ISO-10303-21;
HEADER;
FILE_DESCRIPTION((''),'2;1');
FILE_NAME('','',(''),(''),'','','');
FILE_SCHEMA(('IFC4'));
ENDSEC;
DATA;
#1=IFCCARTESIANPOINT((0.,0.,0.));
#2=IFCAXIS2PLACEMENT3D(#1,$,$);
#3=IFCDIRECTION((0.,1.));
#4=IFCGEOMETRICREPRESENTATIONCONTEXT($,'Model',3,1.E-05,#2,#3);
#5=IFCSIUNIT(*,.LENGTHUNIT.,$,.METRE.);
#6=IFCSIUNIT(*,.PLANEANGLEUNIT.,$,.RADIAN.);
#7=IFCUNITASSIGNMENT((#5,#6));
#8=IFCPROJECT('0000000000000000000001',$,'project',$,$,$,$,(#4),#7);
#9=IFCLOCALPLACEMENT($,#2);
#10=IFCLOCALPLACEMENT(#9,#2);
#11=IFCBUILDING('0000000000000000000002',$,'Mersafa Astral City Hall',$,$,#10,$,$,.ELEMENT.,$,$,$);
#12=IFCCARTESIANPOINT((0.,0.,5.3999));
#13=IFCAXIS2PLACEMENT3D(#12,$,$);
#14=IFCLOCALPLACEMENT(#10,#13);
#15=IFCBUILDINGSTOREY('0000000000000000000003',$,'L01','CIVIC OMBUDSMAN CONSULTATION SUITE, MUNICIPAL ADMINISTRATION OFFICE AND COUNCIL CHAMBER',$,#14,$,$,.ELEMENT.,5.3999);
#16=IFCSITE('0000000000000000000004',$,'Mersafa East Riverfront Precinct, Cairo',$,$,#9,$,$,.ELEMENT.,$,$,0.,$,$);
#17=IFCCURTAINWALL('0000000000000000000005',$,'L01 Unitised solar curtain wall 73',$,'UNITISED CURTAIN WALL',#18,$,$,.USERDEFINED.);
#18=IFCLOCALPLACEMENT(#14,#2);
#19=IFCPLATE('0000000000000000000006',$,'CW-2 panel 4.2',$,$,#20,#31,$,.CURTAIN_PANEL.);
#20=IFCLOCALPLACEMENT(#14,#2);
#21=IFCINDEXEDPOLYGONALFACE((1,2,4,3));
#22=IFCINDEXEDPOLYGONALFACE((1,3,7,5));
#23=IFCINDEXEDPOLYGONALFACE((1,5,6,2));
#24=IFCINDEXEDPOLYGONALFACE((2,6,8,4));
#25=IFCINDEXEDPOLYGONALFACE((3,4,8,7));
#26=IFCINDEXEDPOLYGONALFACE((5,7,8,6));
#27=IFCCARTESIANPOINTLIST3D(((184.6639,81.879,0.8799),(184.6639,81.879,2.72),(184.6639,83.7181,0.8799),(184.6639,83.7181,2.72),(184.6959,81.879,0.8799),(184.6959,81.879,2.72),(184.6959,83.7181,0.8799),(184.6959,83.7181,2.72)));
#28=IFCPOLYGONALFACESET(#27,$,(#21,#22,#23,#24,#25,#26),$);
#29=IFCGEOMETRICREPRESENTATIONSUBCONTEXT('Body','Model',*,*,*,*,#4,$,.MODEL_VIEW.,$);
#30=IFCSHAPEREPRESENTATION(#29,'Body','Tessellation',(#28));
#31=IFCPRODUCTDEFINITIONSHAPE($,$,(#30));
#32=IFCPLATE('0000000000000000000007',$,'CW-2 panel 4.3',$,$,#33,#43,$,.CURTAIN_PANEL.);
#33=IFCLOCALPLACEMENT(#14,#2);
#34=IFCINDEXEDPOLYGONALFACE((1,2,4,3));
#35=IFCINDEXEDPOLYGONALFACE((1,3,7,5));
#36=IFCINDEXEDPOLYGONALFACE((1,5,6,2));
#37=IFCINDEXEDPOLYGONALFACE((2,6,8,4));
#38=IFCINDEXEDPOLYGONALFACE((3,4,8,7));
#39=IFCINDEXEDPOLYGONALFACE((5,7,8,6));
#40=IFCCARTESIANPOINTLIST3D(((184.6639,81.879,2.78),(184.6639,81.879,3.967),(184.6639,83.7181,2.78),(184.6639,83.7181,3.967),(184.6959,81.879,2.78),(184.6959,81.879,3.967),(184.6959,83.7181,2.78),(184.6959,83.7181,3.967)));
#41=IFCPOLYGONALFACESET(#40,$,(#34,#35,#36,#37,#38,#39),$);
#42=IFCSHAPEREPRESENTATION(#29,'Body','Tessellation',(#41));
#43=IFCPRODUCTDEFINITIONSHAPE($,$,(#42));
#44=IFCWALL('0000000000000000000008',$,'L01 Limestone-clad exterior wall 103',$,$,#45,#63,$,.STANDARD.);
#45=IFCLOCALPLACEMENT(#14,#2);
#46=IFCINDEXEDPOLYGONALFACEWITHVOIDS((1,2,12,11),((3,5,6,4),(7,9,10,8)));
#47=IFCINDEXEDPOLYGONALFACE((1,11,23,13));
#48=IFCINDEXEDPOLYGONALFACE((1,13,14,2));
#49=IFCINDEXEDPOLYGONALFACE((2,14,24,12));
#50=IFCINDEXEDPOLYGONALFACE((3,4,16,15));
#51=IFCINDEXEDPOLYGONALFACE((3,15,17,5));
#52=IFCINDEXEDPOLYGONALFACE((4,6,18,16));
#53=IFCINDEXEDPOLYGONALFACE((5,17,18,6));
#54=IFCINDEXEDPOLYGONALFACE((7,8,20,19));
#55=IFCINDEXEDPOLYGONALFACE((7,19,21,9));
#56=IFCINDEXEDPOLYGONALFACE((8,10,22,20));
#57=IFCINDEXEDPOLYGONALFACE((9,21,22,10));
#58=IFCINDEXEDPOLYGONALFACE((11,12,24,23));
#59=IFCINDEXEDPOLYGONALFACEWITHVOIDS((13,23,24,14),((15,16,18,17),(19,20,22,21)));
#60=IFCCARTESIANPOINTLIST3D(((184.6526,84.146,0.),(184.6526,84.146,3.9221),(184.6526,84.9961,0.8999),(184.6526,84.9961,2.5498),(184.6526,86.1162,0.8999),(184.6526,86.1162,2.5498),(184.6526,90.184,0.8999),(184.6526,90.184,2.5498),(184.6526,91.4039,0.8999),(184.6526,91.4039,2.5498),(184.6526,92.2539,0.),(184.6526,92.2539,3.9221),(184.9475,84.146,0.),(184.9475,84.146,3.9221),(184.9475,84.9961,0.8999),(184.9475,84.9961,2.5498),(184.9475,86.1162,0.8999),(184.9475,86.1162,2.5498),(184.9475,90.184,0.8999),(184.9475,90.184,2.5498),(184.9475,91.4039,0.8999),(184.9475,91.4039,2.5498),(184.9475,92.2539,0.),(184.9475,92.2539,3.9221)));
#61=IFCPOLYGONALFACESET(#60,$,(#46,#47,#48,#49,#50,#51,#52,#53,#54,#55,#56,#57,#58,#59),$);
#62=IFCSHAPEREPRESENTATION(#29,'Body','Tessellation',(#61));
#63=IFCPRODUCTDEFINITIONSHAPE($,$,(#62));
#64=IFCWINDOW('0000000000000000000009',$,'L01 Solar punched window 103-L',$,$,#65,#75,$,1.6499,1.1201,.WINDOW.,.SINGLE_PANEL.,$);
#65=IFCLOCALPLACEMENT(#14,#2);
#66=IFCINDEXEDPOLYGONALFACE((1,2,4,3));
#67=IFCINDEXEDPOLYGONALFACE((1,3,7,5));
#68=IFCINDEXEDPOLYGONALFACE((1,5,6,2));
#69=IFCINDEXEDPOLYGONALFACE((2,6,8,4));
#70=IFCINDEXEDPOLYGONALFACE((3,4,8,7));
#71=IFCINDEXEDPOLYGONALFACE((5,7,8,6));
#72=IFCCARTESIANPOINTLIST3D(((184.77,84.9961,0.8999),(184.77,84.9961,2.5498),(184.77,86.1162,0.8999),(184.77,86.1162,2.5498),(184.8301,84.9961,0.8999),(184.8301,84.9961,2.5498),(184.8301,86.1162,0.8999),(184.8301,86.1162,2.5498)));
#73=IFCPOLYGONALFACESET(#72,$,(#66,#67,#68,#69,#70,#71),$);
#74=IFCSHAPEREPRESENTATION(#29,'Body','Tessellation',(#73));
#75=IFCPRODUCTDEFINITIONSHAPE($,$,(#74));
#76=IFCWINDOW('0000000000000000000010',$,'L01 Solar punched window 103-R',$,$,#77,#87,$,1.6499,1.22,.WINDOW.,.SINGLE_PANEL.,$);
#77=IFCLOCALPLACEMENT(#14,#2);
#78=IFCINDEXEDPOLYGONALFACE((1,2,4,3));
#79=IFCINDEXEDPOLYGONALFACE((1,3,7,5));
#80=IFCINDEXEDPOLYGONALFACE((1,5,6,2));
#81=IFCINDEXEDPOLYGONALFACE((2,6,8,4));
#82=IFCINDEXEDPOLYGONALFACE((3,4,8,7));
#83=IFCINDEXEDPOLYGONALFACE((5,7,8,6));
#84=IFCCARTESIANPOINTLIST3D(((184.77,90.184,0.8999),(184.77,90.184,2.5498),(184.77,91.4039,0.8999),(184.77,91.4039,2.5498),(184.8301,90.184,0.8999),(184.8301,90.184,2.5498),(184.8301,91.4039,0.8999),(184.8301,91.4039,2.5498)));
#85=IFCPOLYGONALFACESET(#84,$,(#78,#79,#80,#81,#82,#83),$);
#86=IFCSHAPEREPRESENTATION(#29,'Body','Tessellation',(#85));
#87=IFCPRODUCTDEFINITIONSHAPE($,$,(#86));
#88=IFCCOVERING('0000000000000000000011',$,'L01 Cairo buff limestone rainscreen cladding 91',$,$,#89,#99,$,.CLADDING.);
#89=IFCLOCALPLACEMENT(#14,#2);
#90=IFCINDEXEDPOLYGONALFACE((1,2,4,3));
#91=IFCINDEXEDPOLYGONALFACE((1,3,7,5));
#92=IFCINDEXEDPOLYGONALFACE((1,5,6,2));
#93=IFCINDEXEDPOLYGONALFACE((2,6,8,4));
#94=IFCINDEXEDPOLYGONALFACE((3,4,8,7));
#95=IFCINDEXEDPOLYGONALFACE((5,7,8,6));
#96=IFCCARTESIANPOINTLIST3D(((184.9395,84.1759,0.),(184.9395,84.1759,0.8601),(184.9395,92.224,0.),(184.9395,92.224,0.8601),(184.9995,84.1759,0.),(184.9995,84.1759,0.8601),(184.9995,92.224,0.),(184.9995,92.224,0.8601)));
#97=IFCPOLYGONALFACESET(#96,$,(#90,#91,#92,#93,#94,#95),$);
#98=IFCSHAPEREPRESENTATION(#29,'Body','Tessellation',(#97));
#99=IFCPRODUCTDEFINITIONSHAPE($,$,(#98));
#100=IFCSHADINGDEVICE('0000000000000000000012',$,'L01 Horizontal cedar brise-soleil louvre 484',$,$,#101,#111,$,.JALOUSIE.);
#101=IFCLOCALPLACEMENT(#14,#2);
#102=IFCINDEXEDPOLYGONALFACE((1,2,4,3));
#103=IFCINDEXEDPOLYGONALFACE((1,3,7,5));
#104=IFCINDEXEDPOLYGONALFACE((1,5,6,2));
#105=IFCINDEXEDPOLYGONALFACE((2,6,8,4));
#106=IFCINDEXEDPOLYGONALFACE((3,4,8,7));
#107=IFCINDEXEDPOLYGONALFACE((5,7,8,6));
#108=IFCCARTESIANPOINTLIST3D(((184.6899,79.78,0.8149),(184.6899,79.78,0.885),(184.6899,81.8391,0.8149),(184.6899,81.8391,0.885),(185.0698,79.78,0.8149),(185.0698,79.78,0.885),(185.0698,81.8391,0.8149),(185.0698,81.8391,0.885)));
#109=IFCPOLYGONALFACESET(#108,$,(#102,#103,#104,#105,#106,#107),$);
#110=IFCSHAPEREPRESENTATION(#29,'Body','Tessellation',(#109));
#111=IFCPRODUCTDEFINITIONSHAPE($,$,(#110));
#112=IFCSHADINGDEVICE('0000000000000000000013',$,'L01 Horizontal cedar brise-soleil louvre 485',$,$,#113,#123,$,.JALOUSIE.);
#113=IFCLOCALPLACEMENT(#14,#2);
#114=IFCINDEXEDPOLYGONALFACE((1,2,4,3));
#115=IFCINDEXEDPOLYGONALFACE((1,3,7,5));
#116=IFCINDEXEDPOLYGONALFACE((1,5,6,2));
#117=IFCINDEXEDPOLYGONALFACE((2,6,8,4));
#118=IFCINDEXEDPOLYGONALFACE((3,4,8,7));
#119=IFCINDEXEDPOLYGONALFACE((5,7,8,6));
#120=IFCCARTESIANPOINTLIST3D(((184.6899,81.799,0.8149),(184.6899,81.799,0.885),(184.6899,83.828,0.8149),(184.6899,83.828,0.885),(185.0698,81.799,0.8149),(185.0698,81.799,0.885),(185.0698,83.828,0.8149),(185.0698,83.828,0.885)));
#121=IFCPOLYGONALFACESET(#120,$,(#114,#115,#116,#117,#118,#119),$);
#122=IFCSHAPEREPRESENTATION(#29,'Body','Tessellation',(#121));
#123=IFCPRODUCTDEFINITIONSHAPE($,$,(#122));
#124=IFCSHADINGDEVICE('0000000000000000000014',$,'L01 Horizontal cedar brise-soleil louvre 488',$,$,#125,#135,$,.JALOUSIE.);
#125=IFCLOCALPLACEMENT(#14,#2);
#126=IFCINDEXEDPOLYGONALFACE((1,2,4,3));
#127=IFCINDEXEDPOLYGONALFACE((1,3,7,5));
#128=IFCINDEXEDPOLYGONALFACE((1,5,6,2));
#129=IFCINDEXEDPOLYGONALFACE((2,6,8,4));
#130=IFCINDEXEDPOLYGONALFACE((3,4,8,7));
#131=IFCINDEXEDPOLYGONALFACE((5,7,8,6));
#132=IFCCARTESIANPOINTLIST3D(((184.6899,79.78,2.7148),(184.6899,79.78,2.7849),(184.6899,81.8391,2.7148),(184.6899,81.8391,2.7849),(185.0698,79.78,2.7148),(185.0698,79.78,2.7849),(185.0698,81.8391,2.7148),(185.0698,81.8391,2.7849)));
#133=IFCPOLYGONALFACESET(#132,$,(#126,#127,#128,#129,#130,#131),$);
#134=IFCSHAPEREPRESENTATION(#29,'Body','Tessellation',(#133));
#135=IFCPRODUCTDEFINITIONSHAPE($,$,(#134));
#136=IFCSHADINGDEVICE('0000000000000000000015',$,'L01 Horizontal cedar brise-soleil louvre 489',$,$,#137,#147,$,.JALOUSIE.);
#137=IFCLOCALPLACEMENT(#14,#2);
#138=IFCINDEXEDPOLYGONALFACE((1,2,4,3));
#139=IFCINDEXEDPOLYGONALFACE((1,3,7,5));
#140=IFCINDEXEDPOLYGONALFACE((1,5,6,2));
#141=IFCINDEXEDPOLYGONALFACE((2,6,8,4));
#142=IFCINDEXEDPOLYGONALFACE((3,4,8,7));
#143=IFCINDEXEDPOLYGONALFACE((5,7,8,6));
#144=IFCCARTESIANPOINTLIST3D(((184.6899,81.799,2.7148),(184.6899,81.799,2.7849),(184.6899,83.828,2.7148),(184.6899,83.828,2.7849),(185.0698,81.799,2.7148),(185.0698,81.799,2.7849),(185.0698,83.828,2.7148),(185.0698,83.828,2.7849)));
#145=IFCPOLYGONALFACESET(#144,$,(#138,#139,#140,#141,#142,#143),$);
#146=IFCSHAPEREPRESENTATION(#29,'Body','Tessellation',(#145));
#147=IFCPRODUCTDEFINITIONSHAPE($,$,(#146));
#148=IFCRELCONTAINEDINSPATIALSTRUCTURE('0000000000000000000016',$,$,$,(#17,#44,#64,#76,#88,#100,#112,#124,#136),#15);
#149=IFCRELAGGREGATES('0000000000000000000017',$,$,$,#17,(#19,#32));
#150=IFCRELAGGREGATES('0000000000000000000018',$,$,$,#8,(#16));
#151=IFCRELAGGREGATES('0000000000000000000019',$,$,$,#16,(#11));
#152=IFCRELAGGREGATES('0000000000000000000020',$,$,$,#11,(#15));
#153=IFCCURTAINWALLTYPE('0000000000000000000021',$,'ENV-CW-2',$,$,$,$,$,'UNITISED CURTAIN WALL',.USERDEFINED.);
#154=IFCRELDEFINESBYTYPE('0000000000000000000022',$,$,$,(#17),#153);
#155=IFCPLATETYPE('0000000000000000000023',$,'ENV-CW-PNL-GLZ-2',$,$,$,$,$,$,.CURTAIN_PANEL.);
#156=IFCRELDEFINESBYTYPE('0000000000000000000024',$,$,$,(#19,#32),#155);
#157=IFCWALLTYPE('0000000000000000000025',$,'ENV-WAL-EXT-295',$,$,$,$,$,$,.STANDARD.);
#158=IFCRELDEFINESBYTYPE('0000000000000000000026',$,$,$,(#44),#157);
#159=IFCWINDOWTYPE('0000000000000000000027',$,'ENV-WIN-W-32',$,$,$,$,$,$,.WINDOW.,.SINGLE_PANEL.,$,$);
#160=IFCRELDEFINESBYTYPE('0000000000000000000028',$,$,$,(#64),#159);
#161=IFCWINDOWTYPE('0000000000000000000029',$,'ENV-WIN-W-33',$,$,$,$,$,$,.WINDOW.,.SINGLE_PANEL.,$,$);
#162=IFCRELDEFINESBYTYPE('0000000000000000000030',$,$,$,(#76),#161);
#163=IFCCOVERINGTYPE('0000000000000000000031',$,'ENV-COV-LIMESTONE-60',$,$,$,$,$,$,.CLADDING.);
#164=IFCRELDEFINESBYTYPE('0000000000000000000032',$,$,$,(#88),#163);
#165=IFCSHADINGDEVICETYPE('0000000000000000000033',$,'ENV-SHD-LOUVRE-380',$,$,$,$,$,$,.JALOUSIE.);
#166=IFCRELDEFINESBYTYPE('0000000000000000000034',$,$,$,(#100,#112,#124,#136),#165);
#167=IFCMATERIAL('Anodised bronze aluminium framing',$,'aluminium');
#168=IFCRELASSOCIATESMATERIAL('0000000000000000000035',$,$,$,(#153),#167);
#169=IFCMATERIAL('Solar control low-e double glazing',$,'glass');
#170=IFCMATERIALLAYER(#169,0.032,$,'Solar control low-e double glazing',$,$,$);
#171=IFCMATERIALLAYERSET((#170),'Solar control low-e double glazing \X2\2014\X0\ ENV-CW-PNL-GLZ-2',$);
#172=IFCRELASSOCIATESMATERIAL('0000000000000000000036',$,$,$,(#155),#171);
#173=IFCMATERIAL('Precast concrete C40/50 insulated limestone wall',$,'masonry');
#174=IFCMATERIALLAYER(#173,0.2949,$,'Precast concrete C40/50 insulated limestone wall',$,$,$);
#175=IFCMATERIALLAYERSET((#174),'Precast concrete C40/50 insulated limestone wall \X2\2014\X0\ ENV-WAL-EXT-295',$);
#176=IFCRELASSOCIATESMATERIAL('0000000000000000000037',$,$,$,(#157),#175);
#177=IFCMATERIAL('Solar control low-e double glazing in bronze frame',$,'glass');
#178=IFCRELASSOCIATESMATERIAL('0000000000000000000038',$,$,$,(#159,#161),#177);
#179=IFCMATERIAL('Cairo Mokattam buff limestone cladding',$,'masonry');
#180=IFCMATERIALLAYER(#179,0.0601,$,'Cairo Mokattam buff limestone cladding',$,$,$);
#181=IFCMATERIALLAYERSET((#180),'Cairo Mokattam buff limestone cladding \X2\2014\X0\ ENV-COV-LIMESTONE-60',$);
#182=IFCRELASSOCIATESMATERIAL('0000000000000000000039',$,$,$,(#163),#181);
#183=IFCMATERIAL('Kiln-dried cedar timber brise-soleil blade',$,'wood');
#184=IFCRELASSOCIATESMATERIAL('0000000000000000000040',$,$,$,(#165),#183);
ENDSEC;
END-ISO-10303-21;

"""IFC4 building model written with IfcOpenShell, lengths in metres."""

from ifc_helpers import new_model, si_unit, direction, frame, frame_2d, origin, origin_2d, place, context, subcontext, project, spatial, rectangle, extrude, material, layer, layer_set, type_object, element, fill, aggregate, save


model = new_model("IFC4")

# Units and contexts
model_context = context("Model", 3, precision=1e-05, world=origin(), true_north=direction((0.0, 1.0)))
body_context = subcontext(model_context, "Body", "Model", "MODEL_VIEW")
ifc_project = project(units=[si_unit("LENGTHUNIT", "METRE"), si_unit("PLANEANGLEUNIT", "RADIAN")], contexts=[model_context])

# Site, building, storey
site_placement = place(None, origin())
site = spatial("IfcSite", under=ifc_project, at=site_placement, Name="Mersafa East Riverfront Precinct, Cairo", CompositionType="ELEMENT", RefElevation=0.0)
building_placement = place(site_placement, origin())
building = spatial("IfcBuilding", under=site, at=building_placement, Name="Mersafa Astral City Hall", CompositionType="ELEMENT")
storey_placement = place(building_placement, frame((0.0, 0.0, 5.3999)))
storey = spatial("IfcBuildingStorey", under=building, at=storey_placement, Name="L01", Description="CIVIC OMBUDSMAN CONSULTATION SUITE, MUNICIPAL ADMINISTRATION OFFICE AND COUNCIL CHAMBER", CompositionType="ELEMENT", Elevation=5.3999)

# Curtain wall
ifc_material_1 = material(Name="Anodised bronze aluminium framing", Category="aluminium")
curtain_wall_type = type_object("IfcCurtainWallType", Name="ENV-CW-2", ElementType="UNITISED CURTAIN WALL", PredefinedType="USERDEFINED", material=ifc_material_1)
curtain_wall_placement = place(storey_placement, origin())
curtain_wall = element("IfcCurtainWall", 1, at=curtain_wall_placement, inside=storey, type_object=curtain_wall_type, Name="L01 Unitised solar curtain wall 73", ObjectType="UNITISED CURTAIN WALL", PredefinedType="USERDEFINED")

# Plates
ifc_material_2 = material(Name="Solar control low-e double glazing", Category="glass")
ifc_layer_1 = layer(ifc_material_2, 0.032, Name="Solar control low-e double glazing")
ifc_layer_set_1 = layer_set([ifc_layer_1], Name="Solar control low-e double glazing — ENV-CW-PNL-GLZ-2")
plate_type = type_object("IfcPlateType", Name="ENV-CW-PNL-GLZ-2", PredefinedType="CURTAIN_PANEL", material=ifc_layer_set_1)
plate_1_placement = place(storey_placement, frame((184.6799, 82.7986, 0.8799), z_axis=(0.0, 0.0, 1.0), x_axis=(0.0, 1.0, 0.0)))
plate_1 = element("IfcPlate", 2, at=plate_1_placement, type_object=plate_type, Name="CW-2 panel 4.2", PredefinedType="CURTAIN_PANEL", context=body_context, shape_type="SweptSolid", body=[
    extrude(rectangle(XDim=1.8391, YDim=0.032, at=origin_2d()), origin(), (0.0, 0.0, 1.0), 1.8401),
])
plate_2_placement = place(storey_placement, frame((184.6799, 82.7986, 2.78), z_axis=(0.0, 0.0, 1.0), x_axis=(0.0, 1.0, 0.0)))
plate_2 = element("IfcPlate", 3, at=plate_2_placement, type_object=plate_type, Name="CW-2 panel 4.3", PredefinedType="CURTAIN_PANEL", context=body_context, shape_type="SweptSolid", body=[
    extrude(rectangle(XDim=1.8391, YDim=0.032, at=origin_2d()), origin(), (0.0, 0.0, 1.0), 1.187),
])
aggregate(curtain_wall, [plate_1, plate_2])

# Wall, openings, windows
ifc_material_3 = material(Name="Precast concrete C40/50 insulated limestone wall", Category="masonry")
ifc_layer_2 = layer(ifc_material_3, 0.2949, Name="Precast concrete C40/50 insulated limestone wall")
ifc_layer_set_2 = layer_set([ifc_layer_2], Name="Precast concrete C40/50 insulated limestone wall — ENV-WAL-EXT-295")
wall_type = type_object("IfcWallType", Name="ENV-WAL-EXT-295", PredefinedType="STANDARD", material=ifc_layer_set_2)
wall_placement = place(storey_placement, frame((184.8, 84.146, 0.0), z_axis=(0.0, 0.0, 1.0), x_axis=(0.0, 1.0, 0.0)))
wall = element("IfcWall", 4, at=wall_placement, inside=storey, type_object=wall_type, Name="L01 Limestone-clad exterior wall 103", PredefinedType="STANDARD", context=body_context, shape_type="SweptSolid", body=[
    extrude(rectangle(XDim=8.1079, YDim=0.2949, at=frame_2d((4.054, 0.0))), origin(), (0.0, 0.0, 1.0), 3.9221),
])
opening_1_placement = place(wall_placement, frame((0.8501, 0.0, 0.8999)))
opening_1 = element("IfcOpeningElement", 5, at=opening_1_placement, cuts=wall, PredefinedType="OPENING", context=body_context, shape_type="SweptSolid", body=[
    extrude(rectangle(XDim=1.1201, YDim=1.6499, at=frame_2d((0.5601, 0.825))), frame((0.0, 0.1575, 0.0), z_axis=(0.0, -1.0, 0.0), x_axis=(1.0, 0.0, 0.0)), (0.0, 0.0, 1.0), 0.3149),
])
opening_2_placement = place(wall_placement, frame((6.0381, 0.0, 0.8999)))
opening_2 = element("IfcOpeningElement", 6, at=opening_2_placement, cuts=wall, PredefinedType="OPENING", context=body_context, shape_type="SweptSolid", body=[
    extrude(rectangle(XDim=1.22, YDim=1.6499, at=frame_2d((0.6099, 0.825))), frame((0.0, 0.1575, 0.0), z_axis=(0.0, -1.0, 0.0), x_axis=(1.0, 0.0, 0.0)), (0.0, 0.0, 1.0), 0.3149),
])
ifc_material_4 = material(Name="Solar control low-e double glazing in bronze frame", Category="glass")
window_type_1 = type_object("IfcWindowType", Name="ENV-WIN-W-32", PartitioningType="SINGLE_PANEL", PredefinedType="WINDOW", material=ifc_material_4)
window_1_placement = place(opening_1_placement, origin())
window_1 = element("IfcWindow", 7, at=window_1_placement, inside=storey, type_object=window_type_1, Name="L01 Solar punched window 103-L", OverallHeight=1.6499, OverallWidth=1.1201, PartitioningType="SINGLE_PANEL", PredefinedType="WINDOW", context=body_context, shape_type="SweptSolid", body=[
    extrude(rectangle(XDim=1.1201, YDim=1.6499, at=frame_2d((0.5601, 0.825))), frame((0.0, 0.03, 0.0), z_axis=(0.0, -1.0, 0.0), x_axis=(1.0, 0.0, 0.0)), (0.0, 0.0, 1.0), 0.0601),
])
fill(opening_1, window_1)
window_type_2 = type_object("IfcWindowType", Name="ENV-WIN-W-33", PartitioningType="SINGLE_PANEL", PredefinedType="WINDOW", material=ifc_material_4)
window_2_placement = place(opening_2_placement, origin())
window_2 = element("IfcWindow", 8, at=window_2_placement, inside=storey, type_object=window_type_2, Name="L01 Solar punched window 103-R", OverallHeight=1.6499, OverallWidth=1.22, PartitioningType="SINGLE_PANEL", PredefinedType="WINDOW", context=body_context, shape_type="SweptSolid", body=[
    extrude(rectangle(XDim=1.22, YDim=1.6499, at=frame_2d((0.6099, 0.825))), frame((0.0, 0.03, 0.0), z_axis=(0.0, -1.0, 0.0), x_axis=(1.0, 0.0, 0.0)), (0.0, 0.0, 1.0), 0.0601),
])
fill(opening_2, window_2)

# Covering
ifc_material_5 = material(Name="Cairo Mokattam buff limestone cladding", Category="masonry")
ifc_layer_3 = layer(ifc_material_5, 0.0601, Name="Cairo Mokattam buff limestone cladding")
ifc_layer_set_3 = layer_set([ifc_layer_3], Name="Cairo Mokattam buff limestone cladding — ENV-COV-LIMESTONE-60")
covering_type = type_object("IfcCoveringType", Name="ENV-COV-LIMESTONE-60", PredefinedType="CLADDING", material=ifc_layer_set_3)
covering_placement = place(storey_placement, frame((184.9695, 88.2, 0.0), z_axis=(0.0, 0.0, 1.0), x_axis=(0.0, 1.0, 0.0)))
element("IfcCovering", 9, at=covering_placement, inside=storey, type_object=covering_type, Name="L01 Cairo buff limestone rainscreen cladding 91", PredefinedType="CLADDING", context=body_context, shape_type="SweptSolid", body=[
    extrude(rectangle(XDim=8.0481, YDim=0.0601, at=origin_2d()), origin(), (0.0, 0.0, 1.0), 0.8601),
])

# Shading devices
ifc_material_6 = material(Name="Kiln-dried cedar timber brise-soleil blade", Category="wood")
shading_device_type = type_object("IfcShadingDeviceType", Name="ENV-SHD-LOUVRE-380", PredefinedType="JALOUSIE", material=ifc_material_6)
shading_device_1_placement = place(storey_placement, frame((184.8799, 80.8096, 0.8149), z_axis=(0.0, 0.0, 1.0), x_axis=(0.0, 1.0, 0.0)))
element("IfcShadingDevice", 10, at=shading_device_1_placement, inside=storey, type_object=shading_device_type, Name="L01 Horizontal cedar brise-soleil louvre 484", PredefinedType="JALOUSIE", context=body_context, shape_type="SweptSolid", body=[
    extrude(rectangle(XDim=2.0591, YDim=0.3799, at=origin_2d()), origin(), (0.0, 0.0, 1.0), 0.0701),
])
shading_device_2_placement = place(storey_placement, frame((184.8799, 82.8135, 0.8149), z_axis=(0.0, 0.0, 1.0), x_axis=(0.0, 1.0, 0.0)))
element("IfcShadingDevice", 11, at=shading_device_2_placement, inside=storey, type_object=shading_device_type, Name="L01 Horizontal cedar brise-soleil louvre 485", PredefinedType="JALOUSIE", context=body_context, shape_type="SweptSolid", body=[
    extrude(rectangle(XDim=2.0291, YDim=0.3799, at=origin_2d()), origin(), (0.0, 0.0, 1.0), 0.0701),
])
shading_device_3_placement = place(storey_placement, frame((184.8799, 80.8096, 2.7148), z_axis=(0.0, 0.0, 1.0), x_axis=(0.0, 1.0, 0.0)))
element("IfcShadingDevice", 12, at=shading_device_3_placement, inside=storey, type_object=shading_device_type, Name="L01 Horizontal cedar brise-soleil louvre 488", PredefinedType="JALOUSIE", context=body_context, shape_type="SweptSolid", body=[
    extrude(rectangle(XDim=2.0591, YDim=0.3799, at=origin_2d()), origin(), (0.0, 0.0, 1.0), 0.0701),
])
shading_device_4_placement = place(storey_placement, frame((184.8799, 82.8135, 2.7148), z_axis=(0.0, 0.0, 1.0), x_axis=(0.0, 1.0, 0.0)))
element("IfcShadingDevice", 13, at=shading_device_4_placement, inside=storey, type_object=shading_device_type, Name="L01 Horizontal cedar brise-soleil louvre 489", PredefinedType="JALOUSIE", context=body_context, shape_type="SweptSolid", body=[
    extrude(rectangle(XDim=2.0291, YDim=0.3799, at=origin_2d()), origin(), (0.0, 0.0, 1.0), 0.0701),
])

save(model, "model.ifc")
